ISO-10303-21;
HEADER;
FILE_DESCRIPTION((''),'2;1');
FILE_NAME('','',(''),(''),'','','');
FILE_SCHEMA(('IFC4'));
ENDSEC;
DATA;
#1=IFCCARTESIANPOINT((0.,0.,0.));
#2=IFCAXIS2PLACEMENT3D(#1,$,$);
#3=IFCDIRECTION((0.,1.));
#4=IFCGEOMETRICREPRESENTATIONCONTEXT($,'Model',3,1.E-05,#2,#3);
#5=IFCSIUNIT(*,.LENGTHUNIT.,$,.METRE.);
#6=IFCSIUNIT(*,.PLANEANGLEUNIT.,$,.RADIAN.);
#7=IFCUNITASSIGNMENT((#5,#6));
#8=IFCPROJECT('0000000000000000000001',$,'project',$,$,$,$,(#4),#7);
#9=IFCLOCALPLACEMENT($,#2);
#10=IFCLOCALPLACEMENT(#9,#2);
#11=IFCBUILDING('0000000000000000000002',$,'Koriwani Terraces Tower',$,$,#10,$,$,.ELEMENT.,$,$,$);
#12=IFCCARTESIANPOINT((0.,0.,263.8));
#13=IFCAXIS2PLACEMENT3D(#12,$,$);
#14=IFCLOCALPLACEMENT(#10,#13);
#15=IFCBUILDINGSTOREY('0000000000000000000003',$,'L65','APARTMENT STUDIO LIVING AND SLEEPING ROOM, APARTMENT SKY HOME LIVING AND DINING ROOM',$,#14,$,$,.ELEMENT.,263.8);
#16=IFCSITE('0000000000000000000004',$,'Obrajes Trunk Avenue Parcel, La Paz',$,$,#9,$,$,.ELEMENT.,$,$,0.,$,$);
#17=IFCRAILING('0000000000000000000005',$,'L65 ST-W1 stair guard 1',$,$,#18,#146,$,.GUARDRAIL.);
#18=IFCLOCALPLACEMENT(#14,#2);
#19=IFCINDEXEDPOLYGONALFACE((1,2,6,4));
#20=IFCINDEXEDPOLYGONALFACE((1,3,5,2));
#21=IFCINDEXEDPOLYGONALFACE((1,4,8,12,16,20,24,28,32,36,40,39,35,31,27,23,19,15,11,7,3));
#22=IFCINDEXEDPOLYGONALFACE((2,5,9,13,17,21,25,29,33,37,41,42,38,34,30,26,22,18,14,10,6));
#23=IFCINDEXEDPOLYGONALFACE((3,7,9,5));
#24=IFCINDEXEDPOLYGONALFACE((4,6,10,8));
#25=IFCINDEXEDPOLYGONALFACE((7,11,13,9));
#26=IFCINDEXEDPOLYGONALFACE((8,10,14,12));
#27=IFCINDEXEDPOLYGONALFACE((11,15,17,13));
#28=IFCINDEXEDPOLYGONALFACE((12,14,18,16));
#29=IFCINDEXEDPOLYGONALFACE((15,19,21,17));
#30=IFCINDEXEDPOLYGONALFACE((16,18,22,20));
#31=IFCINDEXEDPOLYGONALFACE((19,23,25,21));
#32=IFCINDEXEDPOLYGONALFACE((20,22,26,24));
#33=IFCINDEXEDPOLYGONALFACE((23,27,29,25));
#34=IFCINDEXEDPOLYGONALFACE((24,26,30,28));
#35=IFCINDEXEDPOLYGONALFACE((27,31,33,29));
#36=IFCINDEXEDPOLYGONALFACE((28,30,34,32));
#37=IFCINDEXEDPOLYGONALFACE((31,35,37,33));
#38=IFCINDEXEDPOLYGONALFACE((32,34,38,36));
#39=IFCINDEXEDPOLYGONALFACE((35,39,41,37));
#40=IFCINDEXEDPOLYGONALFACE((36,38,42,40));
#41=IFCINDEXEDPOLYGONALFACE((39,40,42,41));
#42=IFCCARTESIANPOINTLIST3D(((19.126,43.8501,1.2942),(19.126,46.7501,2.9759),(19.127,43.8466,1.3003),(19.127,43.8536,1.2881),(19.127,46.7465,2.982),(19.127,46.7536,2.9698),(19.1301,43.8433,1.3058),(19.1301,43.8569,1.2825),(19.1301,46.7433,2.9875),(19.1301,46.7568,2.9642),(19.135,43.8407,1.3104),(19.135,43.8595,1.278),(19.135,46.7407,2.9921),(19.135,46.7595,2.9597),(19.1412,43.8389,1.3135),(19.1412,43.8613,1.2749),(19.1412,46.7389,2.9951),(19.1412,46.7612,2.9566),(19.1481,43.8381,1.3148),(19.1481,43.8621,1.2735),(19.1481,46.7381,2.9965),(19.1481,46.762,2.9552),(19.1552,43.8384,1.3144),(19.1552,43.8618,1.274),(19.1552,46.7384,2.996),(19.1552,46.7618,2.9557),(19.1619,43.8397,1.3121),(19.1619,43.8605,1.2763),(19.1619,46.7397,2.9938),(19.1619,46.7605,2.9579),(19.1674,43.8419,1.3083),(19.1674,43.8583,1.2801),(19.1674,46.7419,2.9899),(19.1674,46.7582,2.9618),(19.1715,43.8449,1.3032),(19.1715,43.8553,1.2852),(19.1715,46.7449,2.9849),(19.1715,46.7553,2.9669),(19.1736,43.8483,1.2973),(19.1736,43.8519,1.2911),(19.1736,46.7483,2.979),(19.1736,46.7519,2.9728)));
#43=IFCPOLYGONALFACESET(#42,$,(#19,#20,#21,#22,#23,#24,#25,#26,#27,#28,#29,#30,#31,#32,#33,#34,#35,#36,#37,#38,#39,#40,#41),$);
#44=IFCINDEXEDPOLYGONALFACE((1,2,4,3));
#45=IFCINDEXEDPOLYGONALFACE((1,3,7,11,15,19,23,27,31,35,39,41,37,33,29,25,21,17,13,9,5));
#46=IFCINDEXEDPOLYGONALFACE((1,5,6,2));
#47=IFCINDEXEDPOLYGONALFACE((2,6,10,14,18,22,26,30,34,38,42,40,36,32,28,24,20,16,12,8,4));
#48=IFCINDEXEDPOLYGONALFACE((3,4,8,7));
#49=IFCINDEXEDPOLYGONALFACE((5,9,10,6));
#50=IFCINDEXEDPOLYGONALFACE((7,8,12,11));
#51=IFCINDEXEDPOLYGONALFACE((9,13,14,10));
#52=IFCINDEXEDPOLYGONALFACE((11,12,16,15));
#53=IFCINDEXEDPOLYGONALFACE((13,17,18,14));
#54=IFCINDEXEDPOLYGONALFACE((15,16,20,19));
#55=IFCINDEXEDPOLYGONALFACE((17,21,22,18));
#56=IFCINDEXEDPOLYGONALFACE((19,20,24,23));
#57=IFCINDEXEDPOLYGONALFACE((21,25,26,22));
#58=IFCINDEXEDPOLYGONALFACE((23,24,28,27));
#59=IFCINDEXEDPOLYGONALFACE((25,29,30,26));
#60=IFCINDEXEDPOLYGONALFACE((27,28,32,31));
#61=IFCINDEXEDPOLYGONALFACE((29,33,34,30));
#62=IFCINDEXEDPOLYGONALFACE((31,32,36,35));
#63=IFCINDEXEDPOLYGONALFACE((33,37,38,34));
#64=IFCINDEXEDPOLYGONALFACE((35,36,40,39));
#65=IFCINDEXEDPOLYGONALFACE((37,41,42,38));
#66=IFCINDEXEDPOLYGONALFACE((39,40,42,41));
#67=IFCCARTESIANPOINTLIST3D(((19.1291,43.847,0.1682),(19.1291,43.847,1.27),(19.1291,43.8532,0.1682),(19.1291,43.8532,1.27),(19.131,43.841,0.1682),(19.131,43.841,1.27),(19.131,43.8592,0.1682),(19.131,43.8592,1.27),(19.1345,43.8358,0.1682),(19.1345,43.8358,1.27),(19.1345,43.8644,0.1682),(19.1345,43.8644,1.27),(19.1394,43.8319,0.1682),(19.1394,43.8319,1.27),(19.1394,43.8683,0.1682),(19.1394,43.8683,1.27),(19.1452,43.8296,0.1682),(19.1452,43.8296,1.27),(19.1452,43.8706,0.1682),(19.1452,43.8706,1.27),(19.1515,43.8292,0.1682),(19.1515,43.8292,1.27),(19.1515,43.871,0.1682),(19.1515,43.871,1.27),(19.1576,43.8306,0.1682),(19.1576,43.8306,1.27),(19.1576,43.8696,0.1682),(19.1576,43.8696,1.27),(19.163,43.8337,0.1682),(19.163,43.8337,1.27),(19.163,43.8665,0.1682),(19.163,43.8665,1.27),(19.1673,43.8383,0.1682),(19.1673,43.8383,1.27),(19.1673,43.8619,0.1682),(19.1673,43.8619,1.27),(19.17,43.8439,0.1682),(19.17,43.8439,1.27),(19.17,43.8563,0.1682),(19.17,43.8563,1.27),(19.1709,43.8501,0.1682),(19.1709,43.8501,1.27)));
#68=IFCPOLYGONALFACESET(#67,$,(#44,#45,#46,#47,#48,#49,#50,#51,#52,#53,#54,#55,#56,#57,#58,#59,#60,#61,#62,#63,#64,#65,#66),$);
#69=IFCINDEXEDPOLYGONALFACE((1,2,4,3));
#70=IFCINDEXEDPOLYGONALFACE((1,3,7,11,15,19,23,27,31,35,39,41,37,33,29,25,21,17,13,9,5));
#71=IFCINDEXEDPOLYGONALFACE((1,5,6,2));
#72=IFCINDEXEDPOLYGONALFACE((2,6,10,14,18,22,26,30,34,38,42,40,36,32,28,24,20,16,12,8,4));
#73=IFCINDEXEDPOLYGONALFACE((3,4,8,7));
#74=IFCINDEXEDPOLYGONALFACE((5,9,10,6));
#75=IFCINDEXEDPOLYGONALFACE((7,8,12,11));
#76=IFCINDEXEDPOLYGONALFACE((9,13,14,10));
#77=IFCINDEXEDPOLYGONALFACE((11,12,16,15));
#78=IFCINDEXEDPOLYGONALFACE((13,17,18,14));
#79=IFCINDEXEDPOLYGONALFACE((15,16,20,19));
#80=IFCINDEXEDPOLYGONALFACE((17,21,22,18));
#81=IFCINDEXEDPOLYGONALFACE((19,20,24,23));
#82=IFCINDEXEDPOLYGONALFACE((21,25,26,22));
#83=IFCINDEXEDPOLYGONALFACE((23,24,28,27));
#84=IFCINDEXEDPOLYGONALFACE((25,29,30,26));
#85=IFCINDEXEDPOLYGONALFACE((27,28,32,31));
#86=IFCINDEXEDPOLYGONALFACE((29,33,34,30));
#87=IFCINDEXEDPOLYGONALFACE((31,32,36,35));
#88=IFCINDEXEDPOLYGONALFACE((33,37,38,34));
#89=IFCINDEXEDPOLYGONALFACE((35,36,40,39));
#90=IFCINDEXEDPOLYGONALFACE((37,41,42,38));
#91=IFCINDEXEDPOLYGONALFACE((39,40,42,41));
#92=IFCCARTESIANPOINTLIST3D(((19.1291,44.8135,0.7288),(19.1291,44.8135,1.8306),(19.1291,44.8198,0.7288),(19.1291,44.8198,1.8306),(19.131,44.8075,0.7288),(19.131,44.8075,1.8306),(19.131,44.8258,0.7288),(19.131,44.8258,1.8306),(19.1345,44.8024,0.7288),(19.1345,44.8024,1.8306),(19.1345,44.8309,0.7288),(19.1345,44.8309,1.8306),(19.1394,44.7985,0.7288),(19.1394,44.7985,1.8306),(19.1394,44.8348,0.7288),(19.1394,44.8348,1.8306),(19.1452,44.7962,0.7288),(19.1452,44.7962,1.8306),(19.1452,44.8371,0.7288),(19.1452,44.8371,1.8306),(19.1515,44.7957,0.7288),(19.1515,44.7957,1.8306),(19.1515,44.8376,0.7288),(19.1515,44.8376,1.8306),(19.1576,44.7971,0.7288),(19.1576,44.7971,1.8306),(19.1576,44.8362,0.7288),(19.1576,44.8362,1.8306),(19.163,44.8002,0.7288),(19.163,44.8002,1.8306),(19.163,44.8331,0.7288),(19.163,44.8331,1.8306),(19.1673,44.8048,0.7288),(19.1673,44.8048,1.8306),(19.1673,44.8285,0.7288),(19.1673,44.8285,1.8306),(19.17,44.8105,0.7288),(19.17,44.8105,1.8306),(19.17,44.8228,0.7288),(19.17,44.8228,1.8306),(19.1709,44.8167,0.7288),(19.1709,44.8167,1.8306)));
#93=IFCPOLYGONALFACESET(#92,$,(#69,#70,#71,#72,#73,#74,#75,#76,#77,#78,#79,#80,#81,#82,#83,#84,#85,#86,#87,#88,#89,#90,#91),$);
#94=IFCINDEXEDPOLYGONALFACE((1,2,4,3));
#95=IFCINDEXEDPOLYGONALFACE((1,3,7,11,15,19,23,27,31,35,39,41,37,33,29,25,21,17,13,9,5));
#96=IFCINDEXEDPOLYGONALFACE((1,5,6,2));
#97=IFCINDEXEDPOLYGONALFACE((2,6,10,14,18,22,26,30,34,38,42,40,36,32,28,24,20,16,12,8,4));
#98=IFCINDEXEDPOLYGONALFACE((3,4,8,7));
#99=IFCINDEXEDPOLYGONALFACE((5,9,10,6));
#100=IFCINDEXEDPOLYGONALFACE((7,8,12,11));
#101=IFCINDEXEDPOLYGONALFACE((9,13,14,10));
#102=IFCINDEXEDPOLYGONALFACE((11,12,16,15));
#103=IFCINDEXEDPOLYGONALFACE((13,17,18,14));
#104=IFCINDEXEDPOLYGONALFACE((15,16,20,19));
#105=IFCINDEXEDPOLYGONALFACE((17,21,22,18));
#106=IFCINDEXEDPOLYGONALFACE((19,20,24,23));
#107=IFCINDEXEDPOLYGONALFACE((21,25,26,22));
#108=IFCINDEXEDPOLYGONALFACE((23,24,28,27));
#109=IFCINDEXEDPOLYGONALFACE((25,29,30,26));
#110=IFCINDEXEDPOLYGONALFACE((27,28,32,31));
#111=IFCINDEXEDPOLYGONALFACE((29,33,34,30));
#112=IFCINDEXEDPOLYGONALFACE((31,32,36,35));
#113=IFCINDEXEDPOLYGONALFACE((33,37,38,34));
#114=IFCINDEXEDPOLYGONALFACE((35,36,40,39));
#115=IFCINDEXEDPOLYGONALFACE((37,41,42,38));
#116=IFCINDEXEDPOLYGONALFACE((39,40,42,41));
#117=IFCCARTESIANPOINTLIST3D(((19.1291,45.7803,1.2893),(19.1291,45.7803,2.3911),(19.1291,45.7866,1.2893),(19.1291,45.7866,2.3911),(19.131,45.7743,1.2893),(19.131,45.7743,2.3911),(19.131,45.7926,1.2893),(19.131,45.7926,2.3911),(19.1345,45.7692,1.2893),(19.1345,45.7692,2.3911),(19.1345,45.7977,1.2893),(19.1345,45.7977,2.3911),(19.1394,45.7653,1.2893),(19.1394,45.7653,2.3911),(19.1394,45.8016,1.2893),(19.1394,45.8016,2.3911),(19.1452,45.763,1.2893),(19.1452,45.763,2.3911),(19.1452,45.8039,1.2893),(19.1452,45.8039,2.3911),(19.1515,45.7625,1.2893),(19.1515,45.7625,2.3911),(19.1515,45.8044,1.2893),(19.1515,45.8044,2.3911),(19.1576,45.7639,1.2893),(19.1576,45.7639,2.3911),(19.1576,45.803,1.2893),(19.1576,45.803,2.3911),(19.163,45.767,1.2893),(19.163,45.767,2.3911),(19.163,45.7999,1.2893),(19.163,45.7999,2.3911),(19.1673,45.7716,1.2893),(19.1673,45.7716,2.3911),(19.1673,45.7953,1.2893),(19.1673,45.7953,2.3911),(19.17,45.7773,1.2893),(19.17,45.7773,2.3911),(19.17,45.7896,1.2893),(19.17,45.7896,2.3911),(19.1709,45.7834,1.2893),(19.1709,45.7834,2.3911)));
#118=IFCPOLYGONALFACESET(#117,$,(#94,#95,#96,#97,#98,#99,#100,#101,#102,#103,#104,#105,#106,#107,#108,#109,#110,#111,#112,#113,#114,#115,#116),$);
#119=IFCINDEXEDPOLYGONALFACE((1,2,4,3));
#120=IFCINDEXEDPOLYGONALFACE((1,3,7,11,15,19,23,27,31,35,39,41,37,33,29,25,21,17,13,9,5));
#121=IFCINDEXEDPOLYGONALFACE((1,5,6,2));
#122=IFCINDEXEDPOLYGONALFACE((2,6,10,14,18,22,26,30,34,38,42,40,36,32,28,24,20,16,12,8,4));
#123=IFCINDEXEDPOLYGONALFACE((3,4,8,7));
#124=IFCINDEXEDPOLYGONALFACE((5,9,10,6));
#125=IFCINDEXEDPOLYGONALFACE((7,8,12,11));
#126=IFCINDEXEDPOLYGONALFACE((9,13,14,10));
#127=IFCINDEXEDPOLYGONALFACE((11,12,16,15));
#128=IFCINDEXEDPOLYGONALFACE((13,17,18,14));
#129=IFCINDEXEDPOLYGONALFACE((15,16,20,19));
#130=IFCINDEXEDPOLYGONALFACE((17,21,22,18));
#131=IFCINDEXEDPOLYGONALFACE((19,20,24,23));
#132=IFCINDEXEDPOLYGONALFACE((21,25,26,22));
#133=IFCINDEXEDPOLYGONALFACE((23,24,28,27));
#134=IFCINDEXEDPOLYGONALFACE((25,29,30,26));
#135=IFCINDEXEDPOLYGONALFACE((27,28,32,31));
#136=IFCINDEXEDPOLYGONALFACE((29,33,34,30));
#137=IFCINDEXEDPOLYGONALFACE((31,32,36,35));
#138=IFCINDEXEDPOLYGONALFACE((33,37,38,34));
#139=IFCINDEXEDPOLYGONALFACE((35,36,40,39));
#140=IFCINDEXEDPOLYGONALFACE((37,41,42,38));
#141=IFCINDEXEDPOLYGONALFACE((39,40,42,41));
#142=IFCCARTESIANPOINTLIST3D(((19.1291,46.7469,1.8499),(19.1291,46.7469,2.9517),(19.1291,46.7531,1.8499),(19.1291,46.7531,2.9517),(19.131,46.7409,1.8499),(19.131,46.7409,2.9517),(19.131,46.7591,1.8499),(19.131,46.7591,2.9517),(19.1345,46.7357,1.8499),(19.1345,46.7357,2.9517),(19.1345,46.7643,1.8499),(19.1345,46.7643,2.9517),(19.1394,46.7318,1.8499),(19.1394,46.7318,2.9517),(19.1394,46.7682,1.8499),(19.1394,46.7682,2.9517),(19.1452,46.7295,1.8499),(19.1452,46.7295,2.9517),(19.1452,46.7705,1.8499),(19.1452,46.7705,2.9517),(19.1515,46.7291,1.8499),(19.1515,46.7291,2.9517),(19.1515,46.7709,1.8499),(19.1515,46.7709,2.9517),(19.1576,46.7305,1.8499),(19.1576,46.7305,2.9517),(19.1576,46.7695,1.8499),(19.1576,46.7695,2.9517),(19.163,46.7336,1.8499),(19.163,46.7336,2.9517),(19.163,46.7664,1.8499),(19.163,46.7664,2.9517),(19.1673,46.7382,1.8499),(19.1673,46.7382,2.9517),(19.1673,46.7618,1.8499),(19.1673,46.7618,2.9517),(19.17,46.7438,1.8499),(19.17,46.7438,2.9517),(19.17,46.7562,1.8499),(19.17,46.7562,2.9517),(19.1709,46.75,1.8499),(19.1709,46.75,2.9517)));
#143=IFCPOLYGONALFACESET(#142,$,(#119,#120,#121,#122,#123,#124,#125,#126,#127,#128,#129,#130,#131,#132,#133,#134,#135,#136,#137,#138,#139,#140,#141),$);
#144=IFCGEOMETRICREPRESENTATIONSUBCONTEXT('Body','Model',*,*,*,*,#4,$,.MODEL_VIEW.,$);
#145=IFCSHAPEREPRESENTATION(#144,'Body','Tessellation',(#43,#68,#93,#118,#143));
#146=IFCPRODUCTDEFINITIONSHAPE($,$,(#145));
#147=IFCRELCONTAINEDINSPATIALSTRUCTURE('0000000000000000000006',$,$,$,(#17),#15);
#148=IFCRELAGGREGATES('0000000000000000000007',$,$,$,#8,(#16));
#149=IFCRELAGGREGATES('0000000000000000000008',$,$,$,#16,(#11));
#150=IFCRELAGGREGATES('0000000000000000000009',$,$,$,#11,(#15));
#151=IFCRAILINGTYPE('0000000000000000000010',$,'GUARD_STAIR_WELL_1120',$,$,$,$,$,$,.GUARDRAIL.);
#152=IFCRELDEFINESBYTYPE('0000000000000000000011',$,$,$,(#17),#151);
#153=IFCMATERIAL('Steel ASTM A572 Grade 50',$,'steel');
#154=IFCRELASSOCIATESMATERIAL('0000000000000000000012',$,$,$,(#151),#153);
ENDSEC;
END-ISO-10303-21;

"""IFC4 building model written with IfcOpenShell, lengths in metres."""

from ifc_helpers import new_model, si_unit, direction, frame, origin, origin_2d, place, context, subcontext, project, spatial, circle, extrude, material, type_object, element, save


model = new_model("IFC4")

# Units and contexts
model_context = context("Model", 3, precision=1e-05, world=origin(), true_north=direction((0.0, 1.0)))
body_context = subcontext(model_context, "Body", "Model", "MODEL_VIEW")
ifc_project = project(units=[si_unit("LENGTHUNIT", "METRE"), si_unit("PLANEANGLEUNIT", "RADIAN")], contexts=[model_context])

# Site, building, storey
site_placement = place(None, origin())
site = spatial("IfcSite", under=ifc_project, at=site_placement, Name="Obrajes Trunk Avenue Parcel, La Paz", CompositionType="ELEMENT", RefElevation=0.0)
building_placement = place(site_placement, origin())
building = spatial("IfcBuilding", under=site, at=building_placement, Name="Koriwani Terraces Tower", CompositionType="ELEMENT")
storey_placement = place(building_placement, frame((0.0, 0.0, 263.8)))
storey = spatial("IfcBuildingStorey", under=building, at=storey_placement, Name="L65", Description="APARTMENT STUDIO LIVING AND SLEEPING ROOM, APARTMENT SKY HOME LIVING AND DINING ROOM", CompositionType="ELEMENT", Elevation=263.8)

# Shared definitions
ifc_material_1 = material(Name="Steel ASTM A572 Grade 50", Category="steel")

# Railing
railing_type_1 = type_object("IfcRailingType", Name="GUARD_STAIR_WELL_1120", PredefinedType="GUARDRAIL", material=ifc_material_1)
railing_1_placement = place(storey_placement, frame((19.1499, 43.8501, 0.1682)))
element("IfcRailing", 1, at=railing_1_placement, inside=storey, type_object=railing_type_1, Name="L65 ST-W1 stair guard 1", PredefinedType="GUARDRAIL", context=body_context, shape_type="SweptSolid", body=[
    extrude(circle(Radius=0.0239, at=origin_2d()), frame((0.0, 0.0, 1.126), z_axis=(0.0, 0.86507, 0.501651), x_axis=(-1.0, 0.0, 0.0)), (0.0, 0.0, 1.0), 3.3523),
    extrude(circle(Radius=0.021, at=origin_2d()), origin(), (0.0, 0.0, 1.0), 1.1018),
    extrude(circle(Radius=0.021, at=origin_2d()), frame((0.0, 0.9666, 0.5605)), (0.0, 0.0, 1.0), 1.1018),
    extrude(circle(Radius=0.021, at=origin_2d()), frame((0.0, 1.9333, 1.1211)), (0.0, 0.0, 1.0), 1.1018),
    extrude(circle(Radius=0.021, at=origin_2d()), frame((0.0, 2.8999, 1.6816)), (0.0, 0.0, 1.0), 1.1018),
])

save(model, "model.ifc")
